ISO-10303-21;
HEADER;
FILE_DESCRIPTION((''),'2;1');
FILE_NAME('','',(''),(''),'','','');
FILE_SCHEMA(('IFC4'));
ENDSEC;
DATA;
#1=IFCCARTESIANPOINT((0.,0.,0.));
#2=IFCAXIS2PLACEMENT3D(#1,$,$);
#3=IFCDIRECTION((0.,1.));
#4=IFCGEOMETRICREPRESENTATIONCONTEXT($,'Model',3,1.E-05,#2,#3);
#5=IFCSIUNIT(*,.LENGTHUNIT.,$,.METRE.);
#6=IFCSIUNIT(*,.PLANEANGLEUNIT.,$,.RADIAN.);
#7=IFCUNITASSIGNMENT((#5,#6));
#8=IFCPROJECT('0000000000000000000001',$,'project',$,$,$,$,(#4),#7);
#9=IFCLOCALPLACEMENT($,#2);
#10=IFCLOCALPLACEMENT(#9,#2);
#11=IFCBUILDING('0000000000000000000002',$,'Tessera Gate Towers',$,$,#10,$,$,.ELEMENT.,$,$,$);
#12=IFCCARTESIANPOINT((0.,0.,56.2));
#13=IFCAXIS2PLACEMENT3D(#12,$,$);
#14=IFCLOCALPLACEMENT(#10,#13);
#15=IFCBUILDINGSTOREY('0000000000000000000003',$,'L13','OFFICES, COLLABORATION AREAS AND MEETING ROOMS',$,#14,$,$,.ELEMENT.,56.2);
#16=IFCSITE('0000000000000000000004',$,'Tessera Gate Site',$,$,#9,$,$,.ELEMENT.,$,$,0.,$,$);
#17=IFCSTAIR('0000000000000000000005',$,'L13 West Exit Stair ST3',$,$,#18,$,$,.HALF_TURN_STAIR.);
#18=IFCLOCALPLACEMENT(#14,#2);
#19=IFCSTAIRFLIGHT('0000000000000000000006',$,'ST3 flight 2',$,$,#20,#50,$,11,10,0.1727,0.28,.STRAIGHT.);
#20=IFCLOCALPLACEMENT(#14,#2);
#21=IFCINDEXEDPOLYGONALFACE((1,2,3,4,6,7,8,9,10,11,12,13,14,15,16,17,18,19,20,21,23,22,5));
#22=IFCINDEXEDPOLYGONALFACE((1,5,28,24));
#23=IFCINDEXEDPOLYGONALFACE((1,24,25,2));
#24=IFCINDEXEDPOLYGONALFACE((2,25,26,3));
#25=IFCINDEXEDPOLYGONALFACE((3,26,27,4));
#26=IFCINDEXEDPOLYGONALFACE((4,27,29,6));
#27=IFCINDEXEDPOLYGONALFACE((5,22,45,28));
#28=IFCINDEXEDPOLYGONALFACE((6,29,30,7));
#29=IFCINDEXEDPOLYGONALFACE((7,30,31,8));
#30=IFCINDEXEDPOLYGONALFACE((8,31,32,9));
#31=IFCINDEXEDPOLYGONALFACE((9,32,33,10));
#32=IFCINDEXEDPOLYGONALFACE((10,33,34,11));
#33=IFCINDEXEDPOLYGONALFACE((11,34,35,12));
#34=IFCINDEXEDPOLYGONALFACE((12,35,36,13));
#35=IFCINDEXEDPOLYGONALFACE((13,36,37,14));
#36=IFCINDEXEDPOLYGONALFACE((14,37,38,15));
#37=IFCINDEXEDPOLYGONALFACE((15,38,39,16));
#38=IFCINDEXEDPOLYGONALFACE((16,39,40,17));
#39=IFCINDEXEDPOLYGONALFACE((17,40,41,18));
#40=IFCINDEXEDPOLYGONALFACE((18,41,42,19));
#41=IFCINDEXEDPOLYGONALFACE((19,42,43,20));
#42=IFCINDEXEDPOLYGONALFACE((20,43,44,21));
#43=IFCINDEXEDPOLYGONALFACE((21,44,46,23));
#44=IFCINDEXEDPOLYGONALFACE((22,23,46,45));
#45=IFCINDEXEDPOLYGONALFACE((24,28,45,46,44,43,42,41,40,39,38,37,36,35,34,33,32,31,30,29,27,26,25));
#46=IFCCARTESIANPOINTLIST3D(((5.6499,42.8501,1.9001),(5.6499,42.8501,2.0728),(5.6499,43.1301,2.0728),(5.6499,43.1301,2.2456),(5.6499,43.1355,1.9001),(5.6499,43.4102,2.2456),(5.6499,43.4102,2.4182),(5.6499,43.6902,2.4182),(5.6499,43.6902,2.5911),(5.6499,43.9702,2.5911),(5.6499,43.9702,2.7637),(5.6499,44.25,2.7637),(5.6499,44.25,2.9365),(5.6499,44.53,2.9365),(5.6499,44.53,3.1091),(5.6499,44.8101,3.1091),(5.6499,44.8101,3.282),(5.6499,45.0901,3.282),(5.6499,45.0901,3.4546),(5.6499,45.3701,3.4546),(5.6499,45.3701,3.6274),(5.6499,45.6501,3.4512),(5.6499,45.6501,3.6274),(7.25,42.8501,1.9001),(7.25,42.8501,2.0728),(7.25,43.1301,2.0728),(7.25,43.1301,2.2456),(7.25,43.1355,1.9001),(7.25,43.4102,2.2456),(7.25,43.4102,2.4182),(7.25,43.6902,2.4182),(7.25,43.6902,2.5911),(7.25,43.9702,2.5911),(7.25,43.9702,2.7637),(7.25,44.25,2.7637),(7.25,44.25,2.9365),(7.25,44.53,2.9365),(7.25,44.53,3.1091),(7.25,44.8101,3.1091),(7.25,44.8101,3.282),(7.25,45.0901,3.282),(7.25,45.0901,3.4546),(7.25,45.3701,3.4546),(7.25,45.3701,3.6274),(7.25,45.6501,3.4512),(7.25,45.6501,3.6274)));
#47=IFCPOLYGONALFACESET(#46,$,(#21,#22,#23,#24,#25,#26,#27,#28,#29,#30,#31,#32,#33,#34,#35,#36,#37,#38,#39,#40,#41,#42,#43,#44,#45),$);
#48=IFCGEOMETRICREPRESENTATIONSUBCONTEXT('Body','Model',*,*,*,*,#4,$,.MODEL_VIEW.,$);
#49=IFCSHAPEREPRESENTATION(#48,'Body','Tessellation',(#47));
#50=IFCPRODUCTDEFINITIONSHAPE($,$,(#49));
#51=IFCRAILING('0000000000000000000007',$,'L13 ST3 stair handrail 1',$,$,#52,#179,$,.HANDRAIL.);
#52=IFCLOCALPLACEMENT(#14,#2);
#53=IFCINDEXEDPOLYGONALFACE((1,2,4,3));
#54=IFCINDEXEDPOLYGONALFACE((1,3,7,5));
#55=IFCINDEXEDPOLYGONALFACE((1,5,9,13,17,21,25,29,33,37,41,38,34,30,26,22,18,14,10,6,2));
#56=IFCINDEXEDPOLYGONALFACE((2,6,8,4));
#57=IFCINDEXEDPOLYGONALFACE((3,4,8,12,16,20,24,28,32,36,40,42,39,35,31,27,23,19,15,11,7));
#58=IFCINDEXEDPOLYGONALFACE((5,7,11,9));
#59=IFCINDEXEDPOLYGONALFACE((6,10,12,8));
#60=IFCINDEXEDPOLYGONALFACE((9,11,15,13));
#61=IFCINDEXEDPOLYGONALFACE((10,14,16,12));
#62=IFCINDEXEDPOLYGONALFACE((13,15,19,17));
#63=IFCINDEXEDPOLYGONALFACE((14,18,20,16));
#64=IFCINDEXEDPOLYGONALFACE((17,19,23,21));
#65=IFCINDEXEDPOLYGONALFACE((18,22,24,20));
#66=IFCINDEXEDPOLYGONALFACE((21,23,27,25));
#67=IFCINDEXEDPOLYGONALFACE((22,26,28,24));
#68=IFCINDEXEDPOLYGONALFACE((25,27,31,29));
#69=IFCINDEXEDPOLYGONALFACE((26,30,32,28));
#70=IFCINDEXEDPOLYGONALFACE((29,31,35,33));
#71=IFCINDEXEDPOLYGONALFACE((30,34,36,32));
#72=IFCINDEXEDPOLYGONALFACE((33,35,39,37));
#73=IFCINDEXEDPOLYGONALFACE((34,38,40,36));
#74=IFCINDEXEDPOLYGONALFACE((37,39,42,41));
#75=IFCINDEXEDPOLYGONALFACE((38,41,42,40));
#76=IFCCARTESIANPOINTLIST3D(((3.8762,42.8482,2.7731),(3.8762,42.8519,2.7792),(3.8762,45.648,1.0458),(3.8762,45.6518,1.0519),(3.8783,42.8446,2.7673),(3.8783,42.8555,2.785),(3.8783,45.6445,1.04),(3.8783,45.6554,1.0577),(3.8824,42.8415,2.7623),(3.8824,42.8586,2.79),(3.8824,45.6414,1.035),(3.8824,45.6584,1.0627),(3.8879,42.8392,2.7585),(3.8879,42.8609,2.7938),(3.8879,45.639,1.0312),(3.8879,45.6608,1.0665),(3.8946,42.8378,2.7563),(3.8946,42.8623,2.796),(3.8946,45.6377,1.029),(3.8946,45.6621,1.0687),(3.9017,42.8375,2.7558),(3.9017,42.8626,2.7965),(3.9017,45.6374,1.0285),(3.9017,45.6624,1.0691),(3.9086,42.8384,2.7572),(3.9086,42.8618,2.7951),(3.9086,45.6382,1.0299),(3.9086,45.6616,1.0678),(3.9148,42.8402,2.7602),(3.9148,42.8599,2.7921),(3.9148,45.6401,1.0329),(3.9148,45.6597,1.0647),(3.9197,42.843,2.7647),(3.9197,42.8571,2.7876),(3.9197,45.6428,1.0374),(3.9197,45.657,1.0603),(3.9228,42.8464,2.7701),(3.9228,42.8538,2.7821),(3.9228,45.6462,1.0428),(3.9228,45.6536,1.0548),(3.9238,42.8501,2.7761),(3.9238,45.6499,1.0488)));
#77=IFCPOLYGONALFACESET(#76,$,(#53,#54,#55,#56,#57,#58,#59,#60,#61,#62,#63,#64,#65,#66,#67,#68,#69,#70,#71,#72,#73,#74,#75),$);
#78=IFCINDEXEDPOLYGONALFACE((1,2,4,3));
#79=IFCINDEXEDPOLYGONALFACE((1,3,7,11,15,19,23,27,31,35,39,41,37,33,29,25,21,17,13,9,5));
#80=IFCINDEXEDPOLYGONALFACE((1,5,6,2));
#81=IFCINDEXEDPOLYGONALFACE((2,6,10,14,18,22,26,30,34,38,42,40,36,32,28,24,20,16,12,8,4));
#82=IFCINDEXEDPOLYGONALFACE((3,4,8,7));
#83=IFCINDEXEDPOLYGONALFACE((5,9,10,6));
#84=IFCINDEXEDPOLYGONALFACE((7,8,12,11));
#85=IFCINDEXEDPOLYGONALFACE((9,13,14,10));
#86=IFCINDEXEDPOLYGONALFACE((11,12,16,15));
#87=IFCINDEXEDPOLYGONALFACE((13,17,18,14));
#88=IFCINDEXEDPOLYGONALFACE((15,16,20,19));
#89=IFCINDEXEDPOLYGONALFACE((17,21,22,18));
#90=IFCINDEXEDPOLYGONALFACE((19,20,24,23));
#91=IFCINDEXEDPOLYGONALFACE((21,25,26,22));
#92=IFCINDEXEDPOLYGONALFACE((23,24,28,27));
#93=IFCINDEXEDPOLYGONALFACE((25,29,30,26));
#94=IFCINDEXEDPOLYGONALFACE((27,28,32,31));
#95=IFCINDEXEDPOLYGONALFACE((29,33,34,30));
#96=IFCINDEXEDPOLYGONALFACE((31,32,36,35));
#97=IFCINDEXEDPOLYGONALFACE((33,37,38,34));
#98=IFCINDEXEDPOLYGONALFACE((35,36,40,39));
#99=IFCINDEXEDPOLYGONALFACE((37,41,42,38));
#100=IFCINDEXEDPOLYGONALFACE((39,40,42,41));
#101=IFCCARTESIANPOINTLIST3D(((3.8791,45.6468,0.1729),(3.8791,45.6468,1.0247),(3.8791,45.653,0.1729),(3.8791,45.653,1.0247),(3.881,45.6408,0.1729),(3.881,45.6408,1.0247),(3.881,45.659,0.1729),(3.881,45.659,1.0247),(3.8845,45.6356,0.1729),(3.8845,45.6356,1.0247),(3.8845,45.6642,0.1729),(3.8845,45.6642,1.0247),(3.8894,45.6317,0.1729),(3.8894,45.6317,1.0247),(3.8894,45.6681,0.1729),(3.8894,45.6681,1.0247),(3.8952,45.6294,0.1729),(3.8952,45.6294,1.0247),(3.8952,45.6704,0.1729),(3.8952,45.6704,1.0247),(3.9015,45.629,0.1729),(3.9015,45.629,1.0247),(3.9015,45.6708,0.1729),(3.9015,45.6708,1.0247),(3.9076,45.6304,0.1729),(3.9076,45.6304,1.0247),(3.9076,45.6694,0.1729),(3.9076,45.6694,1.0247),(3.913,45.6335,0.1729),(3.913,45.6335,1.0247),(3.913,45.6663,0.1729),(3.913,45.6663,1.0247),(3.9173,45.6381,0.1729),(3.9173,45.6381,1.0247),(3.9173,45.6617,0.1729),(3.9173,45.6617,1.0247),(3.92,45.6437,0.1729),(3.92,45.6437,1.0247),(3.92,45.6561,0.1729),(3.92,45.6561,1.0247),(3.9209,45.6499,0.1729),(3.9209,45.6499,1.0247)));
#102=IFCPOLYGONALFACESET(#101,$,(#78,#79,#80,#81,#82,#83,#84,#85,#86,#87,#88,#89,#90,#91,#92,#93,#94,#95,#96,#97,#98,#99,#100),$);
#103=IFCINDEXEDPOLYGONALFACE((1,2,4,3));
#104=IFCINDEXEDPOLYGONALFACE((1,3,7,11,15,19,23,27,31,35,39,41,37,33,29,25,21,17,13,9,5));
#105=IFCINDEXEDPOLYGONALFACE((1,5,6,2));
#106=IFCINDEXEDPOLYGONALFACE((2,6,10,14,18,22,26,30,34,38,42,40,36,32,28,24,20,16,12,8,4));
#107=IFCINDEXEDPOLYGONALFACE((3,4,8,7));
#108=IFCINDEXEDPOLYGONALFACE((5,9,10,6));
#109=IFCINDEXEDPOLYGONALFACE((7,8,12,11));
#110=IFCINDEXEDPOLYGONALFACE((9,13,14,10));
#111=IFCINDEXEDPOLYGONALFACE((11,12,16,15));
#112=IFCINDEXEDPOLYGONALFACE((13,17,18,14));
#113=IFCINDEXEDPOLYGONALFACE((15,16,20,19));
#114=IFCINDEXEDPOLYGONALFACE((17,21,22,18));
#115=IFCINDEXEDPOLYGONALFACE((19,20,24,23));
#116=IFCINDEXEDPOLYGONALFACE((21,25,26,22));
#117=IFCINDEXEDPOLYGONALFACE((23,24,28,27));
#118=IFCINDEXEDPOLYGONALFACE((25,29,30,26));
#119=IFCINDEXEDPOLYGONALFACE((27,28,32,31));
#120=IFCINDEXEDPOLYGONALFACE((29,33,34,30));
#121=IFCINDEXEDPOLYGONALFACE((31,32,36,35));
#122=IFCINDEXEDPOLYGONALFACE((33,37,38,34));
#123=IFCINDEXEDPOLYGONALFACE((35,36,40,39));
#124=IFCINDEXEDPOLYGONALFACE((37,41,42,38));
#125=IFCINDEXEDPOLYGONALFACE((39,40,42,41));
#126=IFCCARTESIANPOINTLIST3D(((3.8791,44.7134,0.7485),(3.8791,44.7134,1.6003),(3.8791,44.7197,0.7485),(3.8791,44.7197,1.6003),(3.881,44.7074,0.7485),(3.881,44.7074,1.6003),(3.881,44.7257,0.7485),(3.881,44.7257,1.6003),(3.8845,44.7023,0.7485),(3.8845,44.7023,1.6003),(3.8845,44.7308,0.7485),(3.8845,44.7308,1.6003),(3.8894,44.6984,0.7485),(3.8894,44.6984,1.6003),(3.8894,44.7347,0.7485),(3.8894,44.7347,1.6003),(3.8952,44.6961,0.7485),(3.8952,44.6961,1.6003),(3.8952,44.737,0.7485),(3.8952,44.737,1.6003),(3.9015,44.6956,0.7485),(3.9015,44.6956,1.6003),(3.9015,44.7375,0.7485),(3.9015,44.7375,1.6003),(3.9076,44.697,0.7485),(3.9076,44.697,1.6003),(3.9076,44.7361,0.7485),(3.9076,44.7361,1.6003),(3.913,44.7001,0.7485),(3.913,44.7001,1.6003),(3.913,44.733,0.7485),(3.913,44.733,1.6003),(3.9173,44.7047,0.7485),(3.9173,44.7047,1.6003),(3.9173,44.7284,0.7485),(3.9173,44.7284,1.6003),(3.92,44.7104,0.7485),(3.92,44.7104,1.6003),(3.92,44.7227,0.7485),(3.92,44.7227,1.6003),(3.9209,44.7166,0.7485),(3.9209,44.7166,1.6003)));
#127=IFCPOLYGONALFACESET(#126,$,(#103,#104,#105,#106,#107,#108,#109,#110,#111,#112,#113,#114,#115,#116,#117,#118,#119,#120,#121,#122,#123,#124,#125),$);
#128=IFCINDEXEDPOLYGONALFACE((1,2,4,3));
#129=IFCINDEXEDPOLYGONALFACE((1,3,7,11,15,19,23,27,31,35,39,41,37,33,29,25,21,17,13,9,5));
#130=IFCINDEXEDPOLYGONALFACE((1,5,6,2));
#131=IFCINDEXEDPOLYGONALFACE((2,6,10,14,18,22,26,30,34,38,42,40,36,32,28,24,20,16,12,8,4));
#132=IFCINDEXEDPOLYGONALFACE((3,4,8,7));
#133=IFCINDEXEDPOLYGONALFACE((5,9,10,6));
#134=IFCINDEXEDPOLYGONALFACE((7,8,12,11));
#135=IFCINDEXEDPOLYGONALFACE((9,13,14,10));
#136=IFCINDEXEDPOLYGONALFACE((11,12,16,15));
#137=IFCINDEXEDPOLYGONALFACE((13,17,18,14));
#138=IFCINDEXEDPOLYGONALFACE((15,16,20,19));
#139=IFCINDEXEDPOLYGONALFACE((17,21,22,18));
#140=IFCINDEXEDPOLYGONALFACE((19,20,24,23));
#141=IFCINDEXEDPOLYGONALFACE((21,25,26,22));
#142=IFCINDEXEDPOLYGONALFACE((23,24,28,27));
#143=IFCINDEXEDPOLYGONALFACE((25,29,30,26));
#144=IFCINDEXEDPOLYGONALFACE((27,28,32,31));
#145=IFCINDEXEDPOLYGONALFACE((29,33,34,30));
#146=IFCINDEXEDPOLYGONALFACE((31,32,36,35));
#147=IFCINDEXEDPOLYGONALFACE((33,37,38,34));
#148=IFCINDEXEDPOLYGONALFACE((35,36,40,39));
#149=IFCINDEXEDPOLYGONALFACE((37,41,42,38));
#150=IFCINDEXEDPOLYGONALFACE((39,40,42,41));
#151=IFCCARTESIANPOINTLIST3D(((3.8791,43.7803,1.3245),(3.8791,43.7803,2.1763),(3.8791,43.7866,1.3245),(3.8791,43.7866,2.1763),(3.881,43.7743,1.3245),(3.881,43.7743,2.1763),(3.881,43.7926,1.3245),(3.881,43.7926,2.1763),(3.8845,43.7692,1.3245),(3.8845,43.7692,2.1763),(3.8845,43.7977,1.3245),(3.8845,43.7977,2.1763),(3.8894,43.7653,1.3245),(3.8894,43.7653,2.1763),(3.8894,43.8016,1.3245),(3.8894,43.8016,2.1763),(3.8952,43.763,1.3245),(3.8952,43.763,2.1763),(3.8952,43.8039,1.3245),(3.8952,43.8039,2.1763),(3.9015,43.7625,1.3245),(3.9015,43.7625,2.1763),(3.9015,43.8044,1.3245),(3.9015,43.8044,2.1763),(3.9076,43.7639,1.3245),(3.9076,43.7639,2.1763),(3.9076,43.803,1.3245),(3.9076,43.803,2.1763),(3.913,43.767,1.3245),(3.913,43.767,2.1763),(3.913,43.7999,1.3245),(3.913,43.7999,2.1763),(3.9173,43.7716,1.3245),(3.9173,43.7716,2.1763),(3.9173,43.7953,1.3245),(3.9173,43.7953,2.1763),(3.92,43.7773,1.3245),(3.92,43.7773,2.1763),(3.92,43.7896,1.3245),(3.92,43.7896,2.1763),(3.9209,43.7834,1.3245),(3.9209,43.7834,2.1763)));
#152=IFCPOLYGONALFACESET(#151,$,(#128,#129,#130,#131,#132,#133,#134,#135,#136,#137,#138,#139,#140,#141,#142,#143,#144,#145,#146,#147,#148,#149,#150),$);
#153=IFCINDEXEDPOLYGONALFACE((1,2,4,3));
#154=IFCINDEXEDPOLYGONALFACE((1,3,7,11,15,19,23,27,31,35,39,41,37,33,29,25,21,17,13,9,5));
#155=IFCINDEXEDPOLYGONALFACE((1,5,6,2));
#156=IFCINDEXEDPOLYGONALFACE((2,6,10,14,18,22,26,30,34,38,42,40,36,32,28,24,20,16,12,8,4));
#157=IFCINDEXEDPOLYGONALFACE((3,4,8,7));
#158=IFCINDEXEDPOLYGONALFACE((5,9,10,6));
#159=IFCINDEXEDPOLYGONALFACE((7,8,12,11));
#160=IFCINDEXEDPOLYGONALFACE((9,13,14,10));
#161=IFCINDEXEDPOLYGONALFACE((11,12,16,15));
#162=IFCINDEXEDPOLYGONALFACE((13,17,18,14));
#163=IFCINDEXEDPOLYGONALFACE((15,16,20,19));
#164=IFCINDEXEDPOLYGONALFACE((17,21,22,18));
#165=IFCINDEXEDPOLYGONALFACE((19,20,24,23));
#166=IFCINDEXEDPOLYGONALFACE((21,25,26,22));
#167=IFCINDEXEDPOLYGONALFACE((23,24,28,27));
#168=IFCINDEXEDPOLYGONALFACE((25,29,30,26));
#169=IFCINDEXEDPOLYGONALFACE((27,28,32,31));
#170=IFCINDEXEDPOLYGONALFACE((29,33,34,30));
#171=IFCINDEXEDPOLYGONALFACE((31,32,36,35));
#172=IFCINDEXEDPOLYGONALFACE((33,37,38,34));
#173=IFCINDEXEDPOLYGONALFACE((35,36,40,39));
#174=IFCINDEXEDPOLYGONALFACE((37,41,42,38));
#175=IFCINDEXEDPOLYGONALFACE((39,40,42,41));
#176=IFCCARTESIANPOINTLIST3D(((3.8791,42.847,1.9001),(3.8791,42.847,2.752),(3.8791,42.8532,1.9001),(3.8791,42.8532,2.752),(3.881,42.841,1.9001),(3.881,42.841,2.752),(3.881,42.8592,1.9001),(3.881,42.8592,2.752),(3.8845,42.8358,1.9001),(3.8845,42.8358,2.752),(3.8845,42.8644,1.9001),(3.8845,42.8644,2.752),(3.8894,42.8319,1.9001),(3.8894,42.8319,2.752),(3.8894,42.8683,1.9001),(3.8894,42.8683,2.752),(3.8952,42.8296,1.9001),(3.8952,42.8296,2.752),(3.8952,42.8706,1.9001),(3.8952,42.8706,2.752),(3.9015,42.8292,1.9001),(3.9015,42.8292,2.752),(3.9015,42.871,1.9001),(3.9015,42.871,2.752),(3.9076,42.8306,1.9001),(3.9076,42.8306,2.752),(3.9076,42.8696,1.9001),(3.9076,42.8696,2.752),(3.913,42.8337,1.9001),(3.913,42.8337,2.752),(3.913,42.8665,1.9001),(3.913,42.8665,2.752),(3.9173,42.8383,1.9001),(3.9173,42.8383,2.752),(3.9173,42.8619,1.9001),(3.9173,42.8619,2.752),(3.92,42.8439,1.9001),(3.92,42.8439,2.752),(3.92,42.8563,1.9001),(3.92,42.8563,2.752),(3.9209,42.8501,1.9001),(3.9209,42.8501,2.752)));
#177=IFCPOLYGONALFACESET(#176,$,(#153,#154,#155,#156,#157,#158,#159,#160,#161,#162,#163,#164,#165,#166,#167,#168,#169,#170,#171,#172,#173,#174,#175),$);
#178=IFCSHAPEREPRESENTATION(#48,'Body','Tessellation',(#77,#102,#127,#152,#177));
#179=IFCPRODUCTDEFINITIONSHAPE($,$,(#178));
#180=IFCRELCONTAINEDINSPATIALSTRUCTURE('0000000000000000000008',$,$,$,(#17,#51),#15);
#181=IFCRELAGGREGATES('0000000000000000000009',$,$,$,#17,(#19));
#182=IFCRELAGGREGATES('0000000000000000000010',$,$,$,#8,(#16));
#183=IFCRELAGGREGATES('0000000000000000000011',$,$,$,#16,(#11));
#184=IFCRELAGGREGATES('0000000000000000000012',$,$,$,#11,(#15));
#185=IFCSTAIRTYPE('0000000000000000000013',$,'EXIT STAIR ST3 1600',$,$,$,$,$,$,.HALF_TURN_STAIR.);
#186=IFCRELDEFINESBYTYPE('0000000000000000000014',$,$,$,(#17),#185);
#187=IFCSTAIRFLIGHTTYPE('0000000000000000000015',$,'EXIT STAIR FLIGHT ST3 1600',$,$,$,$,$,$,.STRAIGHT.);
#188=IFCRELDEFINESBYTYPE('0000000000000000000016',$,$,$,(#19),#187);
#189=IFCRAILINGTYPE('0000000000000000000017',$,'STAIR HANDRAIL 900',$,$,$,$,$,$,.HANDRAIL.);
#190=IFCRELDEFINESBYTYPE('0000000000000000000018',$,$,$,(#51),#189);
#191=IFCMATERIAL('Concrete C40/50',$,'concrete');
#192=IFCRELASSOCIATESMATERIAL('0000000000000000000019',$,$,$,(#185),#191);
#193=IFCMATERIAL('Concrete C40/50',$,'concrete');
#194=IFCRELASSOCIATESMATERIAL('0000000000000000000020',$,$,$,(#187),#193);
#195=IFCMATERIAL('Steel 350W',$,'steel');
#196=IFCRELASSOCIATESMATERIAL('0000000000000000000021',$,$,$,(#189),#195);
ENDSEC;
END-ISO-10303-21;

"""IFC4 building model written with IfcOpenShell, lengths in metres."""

from ifc_helpers import new_model, si_unit, direction, frame, origin, origin_2d, place, context, subcontext, project, spatial, polyline, circle, outline, extrude, material, type_object, element, aggregate, save


model = new_model("IFC4")

# Units and contexts
model_context = context("Model", 3, precision=1e-05, world=origin(), true_north=direction((0.0, 1.0)))
body_context = subcontext(model_context, "Body", "Model", "MODEL_VIEW")
ifc_project = project(units=[si_unit("LENGTHUNIT", "METRE"), si_unit("PLANEANGLEUNIT", "RADIAN")], contexts=[model_context])

# Site, building, storey
site_placement = place(None, origin())
site = spatial("IfcSite", under=ifc_project, at=site_placement, Name="Tessera Gate Site", CompositionType="ELEMENT", RefElevation=0.0)
building_placement = place(site_placement, origin())
building = spatial("IfcBuilding", under=site, at=building_placement, Name="Tessera Gate Towers", CompositionType="ELEMENT")
storey_placement = place(building_placement, frame((0.0, 0.0, 56.2)))
storey = spatial("IfcBuildingStorey", under=building, at=storey_placement, Name="L13", Description="OFFICES, COLLABORATION AREAS AND MEETING ROOMS", CompositionType="ELEMENT", Elevation=56.2)

# Stair, stair flight
ifc_material_1 = material(Name="Concrete C40/50", Category="concrete")
stair_type = type_object("IfcStairType", Name="EXIT STAIR ST3 1600", PredefinedType="HALF_TURN_STAIR", material=ifc_material_1)
stair_placement = place(storey_placement, origin())
stair = element("IfcStair", 1, at=stair_placement, inside=storey, type_object=stair_type, Name="L13 West Exit Stair ST3", PredefinedType="HALF_TURN_STAIR")
ifc_material_2 = material(Name="Concrete C40/50", Category="concrete")
stair_flight_type = type_object("IfcStairFlightType", Name="EXIT STAIR FLIGHT ST3 1600", PredefinedType="STRAIGHT", material=ifc_material_2)
stair_flight_1_placement = place(storey_placement, frame((6.45, 42.8501, 1.9001), z_axis=(0.0, 0.0, 1.0), x_axis=(0.0, 1.0, 0.0)))
stair_flight_1 = element("IfcStairFlight", 2, at=stair_flight_1_placement, type_object=stair_flight_type, Name="ST3 flight 2", NumberOfRisers=11, NumberOfTreads=10, PredefinedType="STRAIGHT", RiserHeight=0.1727, TreadLength=0.28, context=body_context, shape_type="SweptSolid", body=[
    extrude(outline(polyline([(0.0, 0.0), (0.0, 0.1726), (0.28, 0.1726), (0.28, 0.3455), (0.5601, 0.3455), (0.5601, 0.5181), (0.8401, 0.5181), (0.8401, 0.6909), (1.1201, 0.6909), (1.1201, 0.8635), (1.3999, 0.8635), (1.3999, 1.0364), (1.6799, 1.0364), (1.6799, 1.209), (1.96, 1.209), (1.96, 1.3818), (2.24, 1.3818), (2.24, 1.5544), (2.52, 1.5544), (2.52, 1.7273), (2.8, 1.7273), (2.8, 1.8999), (2.8, 1.551), (0.2854, 0.0), (0.0, 0.0)])), frame((0.0, 0.8, 0.0), z_axis=(0.0, -1.0, 0.0), x_axis=(1.0, 0.0, 0.0)), (0.0, 0.0, 1.0), 1.6001),
])
aggregate(stair, [stair_flight_1])

# Railing
ifc_material_3 = material(Name="Steel 350W", Category="steel")
railing_type_1 = type_object("IfcRailingType", Name="STAIR HANDRAIL 900", PredefinedType="HANDRAIL", material=ifc_material_3)
railing_1_placement = place(storey_placement, frame((3.8999, 45.6499, 0.1729)))
element("IfcRailing", 3, at=railing_1_placement, inside=storey, type_object=railing_type_1, Name="L13 ST3 stair handrail 1", PredefinedType="HANDRAIL", context=body_context, shape_type="SweptSolid", body=[
    extrude(circle(Radius=0.0239, at=origin_2d()), frame((0.0, 0.0, 0.876), z_axis=(0.0, -0.851069, 0.525054), x_axis=(1.0, 0.0, 0.0)), (0.0, 0.0, 1.0), 3.2898),
    extrude(circle(Radius=0.021, at=origin_2d()), origin(), (0.0, 0.0, 1.0), 0.8518),
    extrude(circle(Radius=0.021, at=origin_2d()), frame((0.0, -0.9333, 0.5757)), (0.0, 0.0, 1.0), 0.8518),
    extrude(circle(Radius=0.021, at=origin_2d()), frame((0.0, -1.8665, 1.1516)), (0.0, 0.0, 1.0), 0.8518),
    extrude(circle(Radius=0.021, at=origin_2d()), frame((0.0, -2.7998, 1.7273)), (0.0, 0.0, 1.0), 0.8518),
])

save(model, "model.ifc")
